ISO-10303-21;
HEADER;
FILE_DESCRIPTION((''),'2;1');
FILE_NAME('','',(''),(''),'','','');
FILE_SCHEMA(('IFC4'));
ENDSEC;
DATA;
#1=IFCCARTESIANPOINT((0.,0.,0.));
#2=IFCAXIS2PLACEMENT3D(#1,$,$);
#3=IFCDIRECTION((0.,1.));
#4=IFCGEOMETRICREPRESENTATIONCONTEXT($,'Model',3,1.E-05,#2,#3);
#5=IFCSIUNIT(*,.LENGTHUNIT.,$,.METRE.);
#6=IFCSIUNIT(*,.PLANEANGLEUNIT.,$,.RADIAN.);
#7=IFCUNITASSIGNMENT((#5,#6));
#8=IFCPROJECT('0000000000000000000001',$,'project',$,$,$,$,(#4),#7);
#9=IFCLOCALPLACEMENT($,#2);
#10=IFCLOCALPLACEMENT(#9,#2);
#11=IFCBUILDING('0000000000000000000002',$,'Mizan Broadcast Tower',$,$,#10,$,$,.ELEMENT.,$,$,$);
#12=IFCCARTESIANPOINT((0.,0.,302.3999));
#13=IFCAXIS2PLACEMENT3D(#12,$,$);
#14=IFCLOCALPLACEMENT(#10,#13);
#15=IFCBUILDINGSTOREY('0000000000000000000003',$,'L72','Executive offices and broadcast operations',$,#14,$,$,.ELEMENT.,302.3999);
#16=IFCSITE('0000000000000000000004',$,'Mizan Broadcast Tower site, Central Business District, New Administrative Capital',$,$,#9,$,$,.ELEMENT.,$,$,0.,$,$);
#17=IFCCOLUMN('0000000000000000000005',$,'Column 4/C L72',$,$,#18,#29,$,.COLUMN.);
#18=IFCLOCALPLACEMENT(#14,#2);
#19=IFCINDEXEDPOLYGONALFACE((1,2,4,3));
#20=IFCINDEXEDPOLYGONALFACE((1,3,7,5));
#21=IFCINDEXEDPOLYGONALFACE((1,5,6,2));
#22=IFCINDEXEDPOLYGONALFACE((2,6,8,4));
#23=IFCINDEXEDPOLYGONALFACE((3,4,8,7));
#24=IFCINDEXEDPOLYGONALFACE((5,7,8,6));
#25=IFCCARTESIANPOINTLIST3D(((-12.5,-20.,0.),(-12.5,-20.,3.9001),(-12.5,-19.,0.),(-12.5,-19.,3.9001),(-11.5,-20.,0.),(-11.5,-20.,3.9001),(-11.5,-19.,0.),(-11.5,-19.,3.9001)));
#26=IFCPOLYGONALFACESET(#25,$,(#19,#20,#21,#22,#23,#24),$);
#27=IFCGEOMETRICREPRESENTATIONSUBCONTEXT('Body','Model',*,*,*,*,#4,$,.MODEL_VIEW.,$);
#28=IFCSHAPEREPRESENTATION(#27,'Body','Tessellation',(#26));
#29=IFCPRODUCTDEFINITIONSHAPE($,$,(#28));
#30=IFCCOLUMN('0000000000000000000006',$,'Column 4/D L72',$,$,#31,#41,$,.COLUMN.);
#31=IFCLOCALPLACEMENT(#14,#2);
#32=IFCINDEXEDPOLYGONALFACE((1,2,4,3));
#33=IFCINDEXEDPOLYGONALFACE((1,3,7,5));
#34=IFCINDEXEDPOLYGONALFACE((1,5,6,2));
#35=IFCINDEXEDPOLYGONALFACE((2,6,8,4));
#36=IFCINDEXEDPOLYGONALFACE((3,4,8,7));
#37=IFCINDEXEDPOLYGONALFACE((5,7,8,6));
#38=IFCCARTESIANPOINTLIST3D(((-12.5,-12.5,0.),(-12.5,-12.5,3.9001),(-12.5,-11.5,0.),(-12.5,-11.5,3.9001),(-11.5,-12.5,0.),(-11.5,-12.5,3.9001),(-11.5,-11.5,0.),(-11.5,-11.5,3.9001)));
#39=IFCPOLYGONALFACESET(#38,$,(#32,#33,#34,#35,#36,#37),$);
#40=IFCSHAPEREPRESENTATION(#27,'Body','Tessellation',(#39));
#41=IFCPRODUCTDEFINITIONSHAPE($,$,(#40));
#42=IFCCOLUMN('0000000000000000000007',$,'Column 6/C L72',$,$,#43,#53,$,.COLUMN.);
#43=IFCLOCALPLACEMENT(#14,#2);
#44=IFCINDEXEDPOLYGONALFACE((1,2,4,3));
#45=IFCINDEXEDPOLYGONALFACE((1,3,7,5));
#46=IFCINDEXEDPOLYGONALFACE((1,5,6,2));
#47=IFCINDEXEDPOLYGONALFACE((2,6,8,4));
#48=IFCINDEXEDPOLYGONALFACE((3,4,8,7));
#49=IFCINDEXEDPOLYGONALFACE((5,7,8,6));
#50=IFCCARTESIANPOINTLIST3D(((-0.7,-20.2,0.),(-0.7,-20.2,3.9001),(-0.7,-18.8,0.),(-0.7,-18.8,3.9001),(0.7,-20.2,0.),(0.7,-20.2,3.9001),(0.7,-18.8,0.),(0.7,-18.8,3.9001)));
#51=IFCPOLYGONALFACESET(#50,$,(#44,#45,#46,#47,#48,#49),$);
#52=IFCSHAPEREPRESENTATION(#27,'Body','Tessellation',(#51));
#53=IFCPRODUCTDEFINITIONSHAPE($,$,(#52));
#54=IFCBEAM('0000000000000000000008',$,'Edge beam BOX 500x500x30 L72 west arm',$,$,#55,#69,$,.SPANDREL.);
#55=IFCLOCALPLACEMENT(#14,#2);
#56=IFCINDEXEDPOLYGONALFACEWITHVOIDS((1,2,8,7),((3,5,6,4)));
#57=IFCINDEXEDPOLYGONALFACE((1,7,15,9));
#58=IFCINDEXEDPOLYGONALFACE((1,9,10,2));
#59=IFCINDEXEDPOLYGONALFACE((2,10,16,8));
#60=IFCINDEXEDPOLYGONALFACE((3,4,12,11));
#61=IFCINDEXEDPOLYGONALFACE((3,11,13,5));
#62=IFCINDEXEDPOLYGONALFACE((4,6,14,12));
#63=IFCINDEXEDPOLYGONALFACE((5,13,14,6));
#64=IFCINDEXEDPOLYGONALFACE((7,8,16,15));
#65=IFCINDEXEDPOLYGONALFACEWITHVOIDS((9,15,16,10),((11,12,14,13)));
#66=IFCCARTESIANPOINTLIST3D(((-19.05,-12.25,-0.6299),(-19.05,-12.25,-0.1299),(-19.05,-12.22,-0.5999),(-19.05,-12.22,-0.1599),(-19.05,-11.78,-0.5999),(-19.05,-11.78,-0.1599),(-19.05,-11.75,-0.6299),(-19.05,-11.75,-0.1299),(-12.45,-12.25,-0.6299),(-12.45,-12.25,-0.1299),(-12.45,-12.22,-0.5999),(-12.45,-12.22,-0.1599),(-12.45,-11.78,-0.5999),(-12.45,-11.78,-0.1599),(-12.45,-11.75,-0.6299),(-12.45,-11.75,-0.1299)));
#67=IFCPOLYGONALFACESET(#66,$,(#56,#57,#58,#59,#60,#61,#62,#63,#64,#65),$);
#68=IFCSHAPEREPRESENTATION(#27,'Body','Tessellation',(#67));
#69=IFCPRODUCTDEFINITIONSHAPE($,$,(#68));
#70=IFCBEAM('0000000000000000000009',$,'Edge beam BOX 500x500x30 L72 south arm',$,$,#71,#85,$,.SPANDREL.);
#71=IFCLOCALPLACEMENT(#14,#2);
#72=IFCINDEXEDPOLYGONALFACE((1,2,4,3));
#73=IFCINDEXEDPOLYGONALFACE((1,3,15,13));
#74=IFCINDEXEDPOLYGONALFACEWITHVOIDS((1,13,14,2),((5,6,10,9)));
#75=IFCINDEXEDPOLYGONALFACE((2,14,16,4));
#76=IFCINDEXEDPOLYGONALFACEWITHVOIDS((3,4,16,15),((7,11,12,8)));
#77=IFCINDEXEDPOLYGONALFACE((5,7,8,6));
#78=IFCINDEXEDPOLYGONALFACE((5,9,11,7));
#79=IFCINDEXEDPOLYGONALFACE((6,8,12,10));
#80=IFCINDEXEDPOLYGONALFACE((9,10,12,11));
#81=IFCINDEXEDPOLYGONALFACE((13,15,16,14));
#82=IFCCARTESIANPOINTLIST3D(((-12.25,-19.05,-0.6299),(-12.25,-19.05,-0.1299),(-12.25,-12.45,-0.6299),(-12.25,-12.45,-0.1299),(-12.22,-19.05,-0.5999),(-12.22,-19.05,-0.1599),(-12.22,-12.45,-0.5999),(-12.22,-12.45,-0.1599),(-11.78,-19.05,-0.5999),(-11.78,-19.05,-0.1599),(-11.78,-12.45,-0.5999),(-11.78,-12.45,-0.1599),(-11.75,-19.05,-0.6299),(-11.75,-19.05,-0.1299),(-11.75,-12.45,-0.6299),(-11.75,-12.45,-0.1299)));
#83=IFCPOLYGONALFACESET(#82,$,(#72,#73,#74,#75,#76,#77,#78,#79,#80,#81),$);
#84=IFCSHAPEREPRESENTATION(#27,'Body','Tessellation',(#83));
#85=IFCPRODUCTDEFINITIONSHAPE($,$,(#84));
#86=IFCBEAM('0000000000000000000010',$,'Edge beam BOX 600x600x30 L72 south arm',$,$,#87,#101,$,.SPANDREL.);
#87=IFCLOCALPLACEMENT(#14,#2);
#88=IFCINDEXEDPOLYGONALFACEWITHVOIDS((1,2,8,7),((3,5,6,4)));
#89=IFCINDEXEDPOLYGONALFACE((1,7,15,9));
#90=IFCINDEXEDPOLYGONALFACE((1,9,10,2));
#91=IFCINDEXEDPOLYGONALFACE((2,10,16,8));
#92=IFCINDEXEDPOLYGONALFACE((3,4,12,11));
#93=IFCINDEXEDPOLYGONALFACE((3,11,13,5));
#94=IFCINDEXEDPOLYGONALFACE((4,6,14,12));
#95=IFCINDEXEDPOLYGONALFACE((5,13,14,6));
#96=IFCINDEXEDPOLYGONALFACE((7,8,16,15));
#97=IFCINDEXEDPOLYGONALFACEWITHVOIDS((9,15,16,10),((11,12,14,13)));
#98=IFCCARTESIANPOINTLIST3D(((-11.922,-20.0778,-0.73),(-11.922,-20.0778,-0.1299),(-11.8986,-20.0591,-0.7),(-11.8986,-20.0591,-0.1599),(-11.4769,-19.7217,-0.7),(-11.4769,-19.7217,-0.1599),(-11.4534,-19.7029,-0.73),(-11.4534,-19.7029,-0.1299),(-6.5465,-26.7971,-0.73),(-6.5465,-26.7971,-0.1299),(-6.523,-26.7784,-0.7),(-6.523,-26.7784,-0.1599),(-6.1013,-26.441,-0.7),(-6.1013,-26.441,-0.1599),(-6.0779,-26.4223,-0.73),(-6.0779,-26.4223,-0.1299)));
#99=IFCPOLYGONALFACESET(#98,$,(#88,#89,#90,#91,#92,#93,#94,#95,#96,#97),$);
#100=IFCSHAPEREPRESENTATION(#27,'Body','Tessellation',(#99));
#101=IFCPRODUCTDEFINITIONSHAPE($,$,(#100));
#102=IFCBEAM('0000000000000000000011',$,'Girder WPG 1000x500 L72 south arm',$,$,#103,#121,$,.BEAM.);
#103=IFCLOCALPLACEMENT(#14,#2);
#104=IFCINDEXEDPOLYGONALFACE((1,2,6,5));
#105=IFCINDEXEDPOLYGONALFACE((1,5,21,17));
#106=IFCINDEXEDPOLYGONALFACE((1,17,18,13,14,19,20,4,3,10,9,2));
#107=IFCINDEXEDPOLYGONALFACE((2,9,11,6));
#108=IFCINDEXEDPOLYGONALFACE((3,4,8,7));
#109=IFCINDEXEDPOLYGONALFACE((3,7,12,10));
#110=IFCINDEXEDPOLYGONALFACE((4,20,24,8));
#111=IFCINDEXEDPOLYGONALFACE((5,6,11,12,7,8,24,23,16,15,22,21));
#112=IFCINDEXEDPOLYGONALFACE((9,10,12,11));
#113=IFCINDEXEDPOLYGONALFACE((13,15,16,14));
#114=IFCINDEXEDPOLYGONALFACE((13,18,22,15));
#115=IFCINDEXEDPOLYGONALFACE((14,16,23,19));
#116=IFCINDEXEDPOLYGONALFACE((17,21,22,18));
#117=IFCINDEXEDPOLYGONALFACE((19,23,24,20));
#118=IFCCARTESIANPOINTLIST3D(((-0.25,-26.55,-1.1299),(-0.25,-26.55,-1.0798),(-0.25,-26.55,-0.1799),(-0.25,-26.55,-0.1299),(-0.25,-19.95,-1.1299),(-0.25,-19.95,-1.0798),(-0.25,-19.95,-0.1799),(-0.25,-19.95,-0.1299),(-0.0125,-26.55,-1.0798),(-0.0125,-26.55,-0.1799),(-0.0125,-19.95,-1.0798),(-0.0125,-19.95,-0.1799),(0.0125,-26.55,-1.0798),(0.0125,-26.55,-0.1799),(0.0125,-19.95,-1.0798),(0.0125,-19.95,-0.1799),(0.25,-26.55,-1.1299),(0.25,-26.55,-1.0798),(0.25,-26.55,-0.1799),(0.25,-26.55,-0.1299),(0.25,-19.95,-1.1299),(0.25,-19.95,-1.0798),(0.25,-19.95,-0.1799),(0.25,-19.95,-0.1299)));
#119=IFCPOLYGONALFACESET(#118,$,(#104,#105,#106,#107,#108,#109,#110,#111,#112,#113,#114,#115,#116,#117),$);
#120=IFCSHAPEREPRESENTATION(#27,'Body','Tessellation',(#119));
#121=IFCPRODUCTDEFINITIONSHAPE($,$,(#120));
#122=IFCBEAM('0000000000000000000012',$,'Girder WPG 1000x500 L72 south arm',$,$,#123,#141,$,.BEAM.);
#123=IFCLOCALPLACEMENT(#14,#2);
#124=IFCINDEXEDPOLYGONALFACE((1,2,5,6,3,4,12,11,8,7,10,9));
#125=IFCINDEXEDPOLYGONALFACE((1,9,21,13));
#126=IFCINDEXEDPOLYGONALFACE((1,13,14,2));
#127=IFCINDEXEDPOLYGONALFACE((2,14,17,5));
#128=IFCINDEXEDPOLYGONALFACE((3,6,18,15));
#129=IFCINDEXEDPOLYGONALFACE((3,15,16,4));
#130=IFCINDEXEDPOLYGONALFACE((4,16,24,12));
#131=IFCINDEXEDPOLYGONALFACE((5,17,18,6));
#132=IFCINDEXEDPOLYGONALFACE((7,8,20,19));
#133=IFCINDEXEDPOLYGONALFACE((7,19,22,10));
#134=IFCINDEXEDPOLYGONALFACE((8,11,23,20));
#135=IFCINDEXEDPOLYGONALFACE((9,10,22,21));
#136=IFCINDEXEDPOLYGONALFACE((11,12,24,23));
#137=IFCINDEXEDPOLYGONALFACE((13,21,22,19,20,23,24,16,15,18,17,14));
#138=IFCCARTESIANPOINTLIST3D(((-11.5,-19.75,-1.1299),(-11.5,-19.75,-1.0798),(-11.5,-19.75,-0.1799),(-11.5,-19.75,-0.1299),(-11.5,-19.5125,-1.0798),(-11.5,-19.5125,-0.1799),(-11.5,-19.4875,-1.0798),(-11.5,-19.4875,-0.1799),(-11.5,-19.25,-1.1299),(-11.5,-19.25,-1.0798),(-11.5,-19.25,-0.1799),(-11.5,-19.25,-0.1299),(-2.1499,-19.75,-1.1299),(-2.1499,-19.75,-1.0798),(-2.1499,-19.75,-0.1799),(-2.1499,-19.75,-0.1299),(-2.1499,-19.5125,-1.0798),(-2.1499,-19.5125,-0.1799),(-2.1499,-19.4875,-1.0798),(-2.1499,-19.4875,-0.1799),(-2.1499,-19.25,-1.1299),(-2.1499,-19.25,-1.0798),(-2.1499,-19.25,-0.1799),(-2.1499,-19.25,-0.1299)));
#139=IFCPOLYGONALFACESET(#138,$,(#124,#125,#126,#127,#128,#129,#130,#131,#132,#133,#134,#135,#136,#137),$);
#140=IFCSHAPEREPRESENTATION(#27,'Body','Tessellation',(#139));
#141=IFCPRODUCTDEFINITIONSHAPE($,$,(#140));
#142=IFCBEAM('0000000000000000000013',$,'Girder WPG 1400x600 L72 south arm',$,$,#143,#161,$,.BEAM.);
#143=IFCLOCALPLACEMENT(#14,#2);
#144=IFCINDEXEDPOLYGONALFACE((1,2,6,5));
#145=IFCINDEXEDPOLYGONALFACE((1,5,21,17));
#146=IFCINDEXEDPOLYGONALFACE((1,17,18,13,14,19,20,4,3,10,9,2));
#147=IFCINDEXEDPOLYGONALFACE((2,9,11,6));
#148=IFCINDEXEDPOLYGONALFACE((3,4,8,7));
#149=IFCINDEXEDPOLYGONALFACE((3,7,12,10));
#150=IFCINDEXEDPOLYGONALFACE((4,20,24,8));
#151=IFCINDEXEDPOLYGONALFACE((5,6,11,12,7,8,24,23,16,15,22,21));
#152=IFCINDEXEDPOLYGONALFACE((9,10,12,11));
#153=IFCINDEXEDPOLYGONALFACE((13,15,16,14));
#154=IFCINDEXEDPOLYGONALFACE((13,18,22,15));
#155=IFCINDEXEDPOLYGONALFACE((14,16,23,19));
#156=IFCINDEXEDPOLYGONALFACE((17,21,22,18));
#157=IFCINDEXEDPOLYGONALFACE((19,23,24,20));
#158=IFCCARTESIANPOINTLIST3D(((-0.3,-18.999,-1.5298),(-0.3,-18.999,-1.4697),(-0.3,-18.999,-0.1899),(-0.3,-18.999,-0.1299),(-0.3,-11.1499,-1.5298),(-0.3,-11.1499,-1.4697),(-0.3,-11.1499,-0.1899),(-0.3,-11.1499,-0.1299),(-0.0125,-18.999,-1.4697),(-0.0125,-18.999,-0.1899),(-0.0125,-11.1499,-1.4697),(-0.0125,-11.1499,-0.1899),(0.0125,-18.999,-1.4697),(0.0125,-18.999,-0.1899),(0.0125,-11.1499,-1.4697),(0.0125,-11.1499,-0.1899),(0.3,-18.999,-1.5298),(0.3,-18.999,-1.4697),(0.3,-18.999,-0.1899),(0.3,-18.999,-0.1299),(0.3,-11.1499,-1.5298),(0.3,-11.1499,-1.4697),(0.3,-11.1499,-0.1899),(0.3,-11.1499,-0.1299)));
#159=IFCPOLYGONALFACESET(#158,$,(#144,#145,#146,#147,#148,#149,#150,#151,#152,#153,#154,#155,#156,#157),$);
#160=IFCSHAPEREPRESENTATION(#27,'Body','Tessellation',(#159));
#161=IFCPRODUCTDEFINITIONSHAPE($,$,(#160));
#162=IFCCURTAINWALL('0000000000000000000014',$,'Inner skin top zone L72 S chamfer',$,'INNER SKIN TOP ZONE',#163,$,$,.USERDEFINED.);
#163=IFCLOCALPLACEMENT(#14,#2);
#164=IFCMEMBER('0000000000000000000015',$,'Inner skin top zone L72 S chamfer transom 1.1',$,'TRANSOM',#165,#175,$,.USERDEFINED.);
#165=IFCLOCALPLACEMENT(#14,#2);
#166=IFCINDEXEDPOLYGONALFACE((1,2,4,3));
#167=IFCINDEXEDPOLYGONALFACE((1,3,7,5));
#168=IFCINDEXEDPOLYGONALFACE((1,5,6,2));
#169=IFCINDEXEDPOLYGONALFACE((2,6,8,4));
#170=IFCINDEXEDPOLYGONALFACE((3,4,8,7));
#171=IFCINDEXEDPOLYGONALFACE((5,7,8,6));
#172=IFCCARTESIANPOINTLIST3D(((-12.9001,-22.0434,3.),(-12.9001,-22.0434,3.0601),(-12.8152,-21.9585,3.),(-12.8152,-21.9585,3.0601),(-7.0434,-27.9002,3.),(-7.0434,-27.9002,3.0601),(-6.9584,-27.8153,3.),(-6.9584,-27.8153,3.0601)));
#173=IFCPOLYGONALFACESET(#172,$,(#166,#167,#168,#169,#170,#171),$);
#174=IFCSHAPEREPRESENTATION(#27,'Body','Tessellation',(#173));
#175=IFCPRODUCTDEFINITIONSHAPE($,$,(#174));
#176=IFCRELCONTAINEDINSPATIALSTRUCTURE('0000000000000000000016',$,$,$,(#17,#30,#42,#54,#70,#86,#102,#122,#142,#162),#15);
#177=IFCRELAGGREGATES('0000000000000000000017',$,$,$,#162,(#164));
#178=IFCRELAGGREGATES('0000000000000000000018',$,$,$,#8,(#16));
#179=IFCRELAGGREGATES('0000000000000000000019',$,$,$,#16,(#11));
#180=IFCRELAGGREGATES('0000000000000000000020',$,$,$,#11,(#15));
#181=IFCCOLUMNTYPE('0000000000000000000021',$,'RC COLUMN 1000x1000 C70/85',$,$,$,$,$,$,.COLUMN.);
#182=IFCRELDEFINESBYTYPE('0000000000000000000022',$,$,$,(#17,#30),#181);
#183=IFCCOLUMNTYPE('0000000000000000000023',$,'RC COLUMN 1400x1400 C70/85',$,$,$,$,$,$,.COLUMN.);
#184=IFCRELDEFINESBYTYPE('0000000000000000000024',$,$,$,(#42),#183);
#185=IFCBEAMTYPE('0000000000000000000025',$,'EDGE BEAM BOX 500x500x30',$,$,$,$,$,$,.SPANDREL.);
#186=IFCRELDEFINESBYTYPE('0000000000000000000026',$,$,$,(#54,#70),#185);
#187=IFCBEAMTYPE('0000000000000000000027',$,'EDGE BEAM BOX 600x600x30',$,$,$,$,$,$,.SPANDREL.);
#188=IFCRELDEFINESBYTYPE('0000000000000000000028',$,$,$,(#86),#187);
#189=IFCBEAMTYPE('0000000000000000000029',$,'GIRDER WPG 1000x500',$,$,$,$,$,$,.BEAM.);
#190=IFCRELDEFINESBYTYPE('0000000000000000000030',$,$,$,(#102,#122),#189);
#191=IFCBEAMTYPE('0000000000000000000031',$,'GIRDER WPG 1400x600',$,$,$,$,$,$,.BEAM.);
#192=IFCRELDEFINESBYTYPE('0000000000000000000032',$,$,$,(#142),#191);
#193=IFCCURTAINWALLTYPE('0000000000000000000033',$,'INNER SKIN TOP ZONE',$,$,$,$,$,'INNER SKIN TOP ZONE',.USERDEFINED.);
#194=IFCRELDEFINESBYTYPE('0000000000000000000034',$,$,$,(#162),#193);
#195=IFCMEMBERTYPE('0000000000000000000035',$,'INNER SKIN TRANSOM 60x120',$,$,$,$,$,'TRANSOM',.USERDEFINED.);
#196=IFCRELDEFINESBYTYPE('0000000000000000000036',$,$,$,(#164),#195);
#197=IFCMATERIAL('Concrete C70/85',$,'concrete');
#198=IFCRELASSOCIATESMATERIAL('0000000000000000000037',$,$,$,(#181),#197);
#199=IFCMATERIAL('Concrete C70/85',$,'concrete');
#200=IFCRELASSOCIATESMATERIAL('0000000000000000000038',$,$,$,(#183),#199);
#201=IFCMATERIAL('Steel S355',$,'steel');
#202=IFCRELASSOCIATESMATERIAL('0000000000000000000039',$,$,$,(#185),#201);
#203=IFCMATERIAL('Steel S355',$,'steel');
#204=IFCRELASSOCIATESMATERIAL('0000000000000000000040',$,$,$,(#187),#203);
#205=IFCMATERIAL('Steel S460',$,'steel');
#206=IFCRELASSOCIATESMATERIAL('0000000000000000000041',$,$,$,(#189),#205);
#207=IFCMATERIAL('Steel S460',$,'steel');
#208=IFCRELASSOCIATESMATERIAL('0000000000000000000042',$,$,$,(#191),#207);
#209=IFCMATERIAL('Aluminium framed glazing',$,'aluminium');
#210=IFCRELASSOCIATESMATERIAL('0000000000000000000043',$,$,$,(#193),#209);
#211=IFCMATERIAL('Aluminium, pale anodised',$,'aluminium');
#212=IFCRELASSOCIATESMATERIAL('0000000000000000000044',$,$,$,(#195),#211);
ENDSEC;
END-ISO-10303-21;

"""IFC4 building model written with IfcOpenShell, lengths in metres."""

from ifc_helpers import new_model, si_unit, direction, frame, origin, origin_2d, place, context, subcontext, project, spatial, rectangle, hollow_rectangle, i_section, extrude, material, material_profile, profile_set, type_object, element, aggregate, save


model = new_model("IFC4")

# Units and contexts
model_context = context("Model", 3, precision=1e-05, world=origin(), true_north=direction((0.0, 1.0)))
body_context = subcontext(model_context, "Body", "Model", "MODEL_VIEW")
ifc_project = project(units=[si_unit("LENGTHUNIT", "METRE"), si_unit("PLANEANGLEUNIT", "RADIAN")], contexts=[model_context])

# Site, building, storey
site_placement = place(None, origin())
site = spatial("IfcSite", under=ifc_project, at=site_placement, Name="Mizan Broadcast Tower site, Central Business District, New Administrative Capital", CompositionType="ELEMENT", RefElevation=0.0)
building_placement = place(site_placement, origin())
building = spatial("IfcBuilding", under=site, at=building_placement, Name="Mizan Broadcast Tower", CompositionType="ELEMENT")
storey_placement = place(building_placement, frame((0.0, 0.0, 302.3999)))
storey = spatial("IfcBuildingStorey", under=building, at=storey_placement, Name="L72", Description="Executive offices and broadcast operations", CompositionType="ELEMENT", Elevation=302.3999)

# Columns
ifc_material_1 = material(Name="Concrete C70/85", Category="concrete")
ifc_material_profile_1 = material_profile(ifc_material_1, rectangle(XDim=1.0, YDim=1.0, at=origin_2d()), Name="RC 1000x1000")
ifc_profile_set_1 = profile_set([ifc_material_profile_1], Name="Concrete C70/85")
column_type_1 = type_object("IfcColumnType", Name="RC COLUMN 1000x1000 C70/85", PredefinedType="COLUMN", material=ifc_profile_set_1)
for number, where, z_axis, x_axis, name in (
    (1, (-12.0, -19.5, 0.0), (0.0, 0.0, 1.0), (1.0, 0.0, 0.0), "Column 4/C L72"),
    (2, (-12.0, -12.0, 0.0), (0.0, 0.0, 1.0), (1.0, 0.0, 0.0), "Column 4/D L72"),
):
    element("IfcColumn", number, at=place(storey_placement, frame(where, z_axis=z_axis, x_axis=x_axis)), inside=storey, type_object=column_type_1, Name=name, PredefinedType="COLUMN", context=body_context, shape_type="SweptSolid", body=[
        extrude(rectangle(XDim=1.0, YDim=1.0, at=origin_2d()), origin(), (0.0, 0.0, 1.0), 3.9001),
    ])
ifc_material_2 = material(Name="Concrete C70/85", Category="concrete")
ifc_material_profile_2 = material_profile(ifc_material_2, rectangle(XDim=1.3999, YDim=1.3999, at=origin_2d()), Name="RC 1400x1400")
ifc_profile_set_2 = profile_set([ifc_material_profile_2], Name="Concrete C70/85")
column_type_2 = type_object("IfcColumnType", Name="RC COLUMN 1400x1400 C70/85", PredefinedType="COLUMN", material=ifc_profile_set_2)
column_placement = place(storey_placement, frame((0.0, -19.5, 0.0), z_axis=(0.0, 0.0, 1.0), x_axis=(1.0, 0.0, 0.0)))
element("IfcColumn", 3, at=column_placement, inside=storey, type_object=column_type_2, Name="Column 6/C L72", PredefinedType="COLUMN", context=body_context, shape_type="SweptSolid", body=[
    extrude(rectangle(XDim=1.3999, YDim=1.3999, at=origin_2d()), origin(), (0.0, 0.0, 1.0), 3.9001),
])

# Beams
ifc_material_3 = material(Name="Steel S355", Category="steel")
ifc_material_profile_3 = material_profile(ifc_material_3, hollow_rectangle(XDim=0.5, YDim=0.5, WallThickness=0.03, at=origin_2d()), Name="BOX 500x500x30")
ifc_profile_set_3 = profile_set([ifc_material_profile_3], Name="Steel S355")
beam_type_1 = type_object("IfcBeamType", Name="EDGE BEAM BOX 500x500x30", PredefinedType="SPANDREL", material=ifc_profile_set_3)
for number, where, z_axis, x_axis, name in (
    (4, (-12.45, -12.0, -0.3799), (-1.0, 0.0, 0.0), (0.0, -1.0, 0.0), "Edge beam BOX 500x500x30 L72 west arm"),
    (5, (-12.0, -12.45, -0.3799), (0.0, -1.0, 0.0), (1.0, 0.0, 0.0), "Edge beam BOX 500x500x30 L72 south arm"),
):
    element("IfcBeam", number, at=place(storey_placement, frame(where, z_axis=z_axis, x_axis=x_axis)), inside=storey, type_object=beam_type_1, Name=name, PredefinedType="SPANDREL", context=body_context, shape_type="SweptSolid", body=[
        extrude(hollow_rectangle(XDim=0.5, YDim=0.5, WallThickness=0.03, at=origin_2d()), origin(), (0.0, 0.0, 1.0), 6.6001),
    ])
ifc_material_4 = material(Name="Steel S355", Category="steel")
ifc_material_profile_4 = material_profile(ifc_material_4, hollow_rectangle(XDim=0.6001, YDim=0.6001, WallThickness=0.03, at=origin_2d()), Name="BOX 600x600x30")
ifc_profile_set_4 = profile_set([ifc_material_profile_4], Name="Steel S355")
beam_type_2 = type_object("IfcBeamType", Name="EDGE BEAM BOX 600x600x30", PredefinedType="SPANDREL", material=ifc_profile_set_4)
beam_1_placement = place(storey_placement, frame((-11.6877, -19.8904, -0.4299), z_axis=(0.624702, -0.780863, 0.0), x_axis=(0.780863, 0.624702, 0.0)))
element("IfcBeam", 6, at=beam_1_placement, inside=storey, type_object=beam_type_2, Name="Edge beam BOX 600x600x30 L72 south arm", PredefinedType="SPANDREL", context=body_context, shape_type="SweptSolid", body=[
    extrude(hollow_rectangle(XDim=0.6001, YDim=0.6001, WallThickness=0.03, at=origin_2d()), origin(), (0.0, 0.0, 1.0), 8.605),
])
ifc_material_5 = material(Name="Steel S460", Category="steel")
ifc_material_profile_5 = material_profile(ifc_material_5, i_section(OverallWidth=0.5, OverallDepth=1.0, WebThickness=0.0249, FlangeThickness=0.05, at=origin_2d()), Name="WPG 1000x500")
ifc_profile_set_5 = profile_set([ifc_material_profile_5], Name="Steel S460")
beam_type_3 = type_object("IfcBeamType", Name="GIRDER WPG 1000x500", PredefinedType="BEAM", material=ifc_profile_set_5)
beam_2_placement = place(storey_placement, frame((0.0, -19.95, -0.6299), z_axis=(0.0, -1.0, 0.0), x_axis=(1.0, 0.0, 0.0)))
element("IfcBeam", 7, at=beam_2_placement, inside=storey, type_object=beam_type_3, Name="Girder WPG 1000x500 L72 south arm", PredefinedType="BEAM", context=body_context, shape_type="SweptSolid", body=[
    extrude(i_section(OverallWidth=0.5, OverallDepth=1.0, WebThickness=0.0249, FlangeThickness=0.05, at=origin_2d()), origin(), (0.0, 0.0, 1.0), 6.6001),
])
beam_3_placement = place(storey_placement, frame((-11.5, -19.5, -0.6299), z_axis=(1.0, 0.0, 0.0), x_axis=(0.0, 1.0, 0.0)))
element("IfcBeam", 8, at=beam_3_placement, inside=storey, type_object=beam_type_3, Name="Girder WPG 1000x500 L72 south arm", PredefinedType="BEAM", context=body_context, shape_type="SweptSolid", body=[
    extrude(i_section(OverallWidth=0.5, OverallDepth=1.0, WebThickness=0.0249, FlangeThickness=0.05, at=origin_2d()), origin(), (0.0, 0.0, 1.0), 9.3501),
])
ifc_material_6 = material(Name="Steel S460", Category="steel")
ifc_material_profile_6 = material_profile(ifc_material_6, i_section(OverallWidth=0.6001, OverallDepth=1.3999, WebThickness=0.0249, FlangeThickness=0.0601, at=origin_2d()), Name="WPG 1400x600")
ifc_profile_set_6 = profile_set([ifc_material_profile_6], Name="Steel S460")
beam_type_4 = type_object("IfcBeamType", Name="GIRDER WPG 1400x600", PredefinedType="BEAM", material=ifc_profile_set_6)
beam_4_placement = place(storey_placement, frame((0.0, -11.1499, -0.8298), z_axis=(0.0, -1.0, 0.0), x_axis=(1.0, 0.0, 0.0)))
element("IfcBeam", 9, at=beam_4_placement, inside=storey, type_object=beam_type_4, Name="Girder WPG 1400x600 L72 south arm", PredefinedType="BEAM", context=body_context, shape_type="SweptSolid", body=[
    extrude(i_section(OverallWidth=0.6001, OverallDepth=1.3999, WebThickness=0.0249, FlangeThickness=0.0601, at=origin_2d()), origin(), (0.0, 0.0, 1.0), 7.8491),
])

# Curtain wall, member
ifc_material_7 = material(Name="Aluminium framed glazing", Category="aluminium")
curtain_wall_type = type_object("IfcCurtainWallType", Name="INNER SKIN TOP ZONE", ElementType="INNER SKIN TOP ZONE", PredefinedType="USERDEFINED", material=ifc_material_7)
curtain_wall_placement = place(storey_placement, origin())
curtain_wall = element("IfcCurtainWall", 10, at=curtain_wall_placement, inside=storey, type_object=curtain_wall_type, Name="Inner skin top zone L72 S chamfer", ObjectType="INNER SKIN TOP ZONE", PredefinedType="USERDEFINED")
ifc_material_8 = material(Name="Aluminium, pale anodised", Category="aluminium")
ifc_material_profile_7 = material_profile(ifc_material_8, rectangle(XDim=0.1201, YDim=0.0601, at=origin_2d()), Name="TRANSOM 120x60")
ifc_profile_set_7 = profile_set([ifc_material_profile_7], Name="Aluminium, pale anodised")
member_type = type_object("IfcMemberType", Name="INNER SKIN TRANSOM 60x120", ElementType="TRANSOM", PredefinedType="USERDEFINED", material=ifc_profile_set_7)
member_placement = place(storey_placement, frame((-12.8577, -22.001, 3.03), z_axis=(0.707107, -0.707107, 0.0), x_axis=(0.707107, 0.707107, 0.0)))
member = element("IfcMember", 11, at=member_placement, type_object=member_type, Name="Inner skin top zone L72 S chamfer transom 1.1", ObjectType="TRANSOM", PredefinedType="USERDEFINED", context=body_context, shape_type="SweptSolid", body=[
    extrude(rectangle(XDim=0.1201, YDim=0.0601, at=origin_2d()), origin(), (0.0, 0.0, 1.0), 8.2827),
])
aggregate(curtain_wall, [member])

save(model, "model.ifc")
